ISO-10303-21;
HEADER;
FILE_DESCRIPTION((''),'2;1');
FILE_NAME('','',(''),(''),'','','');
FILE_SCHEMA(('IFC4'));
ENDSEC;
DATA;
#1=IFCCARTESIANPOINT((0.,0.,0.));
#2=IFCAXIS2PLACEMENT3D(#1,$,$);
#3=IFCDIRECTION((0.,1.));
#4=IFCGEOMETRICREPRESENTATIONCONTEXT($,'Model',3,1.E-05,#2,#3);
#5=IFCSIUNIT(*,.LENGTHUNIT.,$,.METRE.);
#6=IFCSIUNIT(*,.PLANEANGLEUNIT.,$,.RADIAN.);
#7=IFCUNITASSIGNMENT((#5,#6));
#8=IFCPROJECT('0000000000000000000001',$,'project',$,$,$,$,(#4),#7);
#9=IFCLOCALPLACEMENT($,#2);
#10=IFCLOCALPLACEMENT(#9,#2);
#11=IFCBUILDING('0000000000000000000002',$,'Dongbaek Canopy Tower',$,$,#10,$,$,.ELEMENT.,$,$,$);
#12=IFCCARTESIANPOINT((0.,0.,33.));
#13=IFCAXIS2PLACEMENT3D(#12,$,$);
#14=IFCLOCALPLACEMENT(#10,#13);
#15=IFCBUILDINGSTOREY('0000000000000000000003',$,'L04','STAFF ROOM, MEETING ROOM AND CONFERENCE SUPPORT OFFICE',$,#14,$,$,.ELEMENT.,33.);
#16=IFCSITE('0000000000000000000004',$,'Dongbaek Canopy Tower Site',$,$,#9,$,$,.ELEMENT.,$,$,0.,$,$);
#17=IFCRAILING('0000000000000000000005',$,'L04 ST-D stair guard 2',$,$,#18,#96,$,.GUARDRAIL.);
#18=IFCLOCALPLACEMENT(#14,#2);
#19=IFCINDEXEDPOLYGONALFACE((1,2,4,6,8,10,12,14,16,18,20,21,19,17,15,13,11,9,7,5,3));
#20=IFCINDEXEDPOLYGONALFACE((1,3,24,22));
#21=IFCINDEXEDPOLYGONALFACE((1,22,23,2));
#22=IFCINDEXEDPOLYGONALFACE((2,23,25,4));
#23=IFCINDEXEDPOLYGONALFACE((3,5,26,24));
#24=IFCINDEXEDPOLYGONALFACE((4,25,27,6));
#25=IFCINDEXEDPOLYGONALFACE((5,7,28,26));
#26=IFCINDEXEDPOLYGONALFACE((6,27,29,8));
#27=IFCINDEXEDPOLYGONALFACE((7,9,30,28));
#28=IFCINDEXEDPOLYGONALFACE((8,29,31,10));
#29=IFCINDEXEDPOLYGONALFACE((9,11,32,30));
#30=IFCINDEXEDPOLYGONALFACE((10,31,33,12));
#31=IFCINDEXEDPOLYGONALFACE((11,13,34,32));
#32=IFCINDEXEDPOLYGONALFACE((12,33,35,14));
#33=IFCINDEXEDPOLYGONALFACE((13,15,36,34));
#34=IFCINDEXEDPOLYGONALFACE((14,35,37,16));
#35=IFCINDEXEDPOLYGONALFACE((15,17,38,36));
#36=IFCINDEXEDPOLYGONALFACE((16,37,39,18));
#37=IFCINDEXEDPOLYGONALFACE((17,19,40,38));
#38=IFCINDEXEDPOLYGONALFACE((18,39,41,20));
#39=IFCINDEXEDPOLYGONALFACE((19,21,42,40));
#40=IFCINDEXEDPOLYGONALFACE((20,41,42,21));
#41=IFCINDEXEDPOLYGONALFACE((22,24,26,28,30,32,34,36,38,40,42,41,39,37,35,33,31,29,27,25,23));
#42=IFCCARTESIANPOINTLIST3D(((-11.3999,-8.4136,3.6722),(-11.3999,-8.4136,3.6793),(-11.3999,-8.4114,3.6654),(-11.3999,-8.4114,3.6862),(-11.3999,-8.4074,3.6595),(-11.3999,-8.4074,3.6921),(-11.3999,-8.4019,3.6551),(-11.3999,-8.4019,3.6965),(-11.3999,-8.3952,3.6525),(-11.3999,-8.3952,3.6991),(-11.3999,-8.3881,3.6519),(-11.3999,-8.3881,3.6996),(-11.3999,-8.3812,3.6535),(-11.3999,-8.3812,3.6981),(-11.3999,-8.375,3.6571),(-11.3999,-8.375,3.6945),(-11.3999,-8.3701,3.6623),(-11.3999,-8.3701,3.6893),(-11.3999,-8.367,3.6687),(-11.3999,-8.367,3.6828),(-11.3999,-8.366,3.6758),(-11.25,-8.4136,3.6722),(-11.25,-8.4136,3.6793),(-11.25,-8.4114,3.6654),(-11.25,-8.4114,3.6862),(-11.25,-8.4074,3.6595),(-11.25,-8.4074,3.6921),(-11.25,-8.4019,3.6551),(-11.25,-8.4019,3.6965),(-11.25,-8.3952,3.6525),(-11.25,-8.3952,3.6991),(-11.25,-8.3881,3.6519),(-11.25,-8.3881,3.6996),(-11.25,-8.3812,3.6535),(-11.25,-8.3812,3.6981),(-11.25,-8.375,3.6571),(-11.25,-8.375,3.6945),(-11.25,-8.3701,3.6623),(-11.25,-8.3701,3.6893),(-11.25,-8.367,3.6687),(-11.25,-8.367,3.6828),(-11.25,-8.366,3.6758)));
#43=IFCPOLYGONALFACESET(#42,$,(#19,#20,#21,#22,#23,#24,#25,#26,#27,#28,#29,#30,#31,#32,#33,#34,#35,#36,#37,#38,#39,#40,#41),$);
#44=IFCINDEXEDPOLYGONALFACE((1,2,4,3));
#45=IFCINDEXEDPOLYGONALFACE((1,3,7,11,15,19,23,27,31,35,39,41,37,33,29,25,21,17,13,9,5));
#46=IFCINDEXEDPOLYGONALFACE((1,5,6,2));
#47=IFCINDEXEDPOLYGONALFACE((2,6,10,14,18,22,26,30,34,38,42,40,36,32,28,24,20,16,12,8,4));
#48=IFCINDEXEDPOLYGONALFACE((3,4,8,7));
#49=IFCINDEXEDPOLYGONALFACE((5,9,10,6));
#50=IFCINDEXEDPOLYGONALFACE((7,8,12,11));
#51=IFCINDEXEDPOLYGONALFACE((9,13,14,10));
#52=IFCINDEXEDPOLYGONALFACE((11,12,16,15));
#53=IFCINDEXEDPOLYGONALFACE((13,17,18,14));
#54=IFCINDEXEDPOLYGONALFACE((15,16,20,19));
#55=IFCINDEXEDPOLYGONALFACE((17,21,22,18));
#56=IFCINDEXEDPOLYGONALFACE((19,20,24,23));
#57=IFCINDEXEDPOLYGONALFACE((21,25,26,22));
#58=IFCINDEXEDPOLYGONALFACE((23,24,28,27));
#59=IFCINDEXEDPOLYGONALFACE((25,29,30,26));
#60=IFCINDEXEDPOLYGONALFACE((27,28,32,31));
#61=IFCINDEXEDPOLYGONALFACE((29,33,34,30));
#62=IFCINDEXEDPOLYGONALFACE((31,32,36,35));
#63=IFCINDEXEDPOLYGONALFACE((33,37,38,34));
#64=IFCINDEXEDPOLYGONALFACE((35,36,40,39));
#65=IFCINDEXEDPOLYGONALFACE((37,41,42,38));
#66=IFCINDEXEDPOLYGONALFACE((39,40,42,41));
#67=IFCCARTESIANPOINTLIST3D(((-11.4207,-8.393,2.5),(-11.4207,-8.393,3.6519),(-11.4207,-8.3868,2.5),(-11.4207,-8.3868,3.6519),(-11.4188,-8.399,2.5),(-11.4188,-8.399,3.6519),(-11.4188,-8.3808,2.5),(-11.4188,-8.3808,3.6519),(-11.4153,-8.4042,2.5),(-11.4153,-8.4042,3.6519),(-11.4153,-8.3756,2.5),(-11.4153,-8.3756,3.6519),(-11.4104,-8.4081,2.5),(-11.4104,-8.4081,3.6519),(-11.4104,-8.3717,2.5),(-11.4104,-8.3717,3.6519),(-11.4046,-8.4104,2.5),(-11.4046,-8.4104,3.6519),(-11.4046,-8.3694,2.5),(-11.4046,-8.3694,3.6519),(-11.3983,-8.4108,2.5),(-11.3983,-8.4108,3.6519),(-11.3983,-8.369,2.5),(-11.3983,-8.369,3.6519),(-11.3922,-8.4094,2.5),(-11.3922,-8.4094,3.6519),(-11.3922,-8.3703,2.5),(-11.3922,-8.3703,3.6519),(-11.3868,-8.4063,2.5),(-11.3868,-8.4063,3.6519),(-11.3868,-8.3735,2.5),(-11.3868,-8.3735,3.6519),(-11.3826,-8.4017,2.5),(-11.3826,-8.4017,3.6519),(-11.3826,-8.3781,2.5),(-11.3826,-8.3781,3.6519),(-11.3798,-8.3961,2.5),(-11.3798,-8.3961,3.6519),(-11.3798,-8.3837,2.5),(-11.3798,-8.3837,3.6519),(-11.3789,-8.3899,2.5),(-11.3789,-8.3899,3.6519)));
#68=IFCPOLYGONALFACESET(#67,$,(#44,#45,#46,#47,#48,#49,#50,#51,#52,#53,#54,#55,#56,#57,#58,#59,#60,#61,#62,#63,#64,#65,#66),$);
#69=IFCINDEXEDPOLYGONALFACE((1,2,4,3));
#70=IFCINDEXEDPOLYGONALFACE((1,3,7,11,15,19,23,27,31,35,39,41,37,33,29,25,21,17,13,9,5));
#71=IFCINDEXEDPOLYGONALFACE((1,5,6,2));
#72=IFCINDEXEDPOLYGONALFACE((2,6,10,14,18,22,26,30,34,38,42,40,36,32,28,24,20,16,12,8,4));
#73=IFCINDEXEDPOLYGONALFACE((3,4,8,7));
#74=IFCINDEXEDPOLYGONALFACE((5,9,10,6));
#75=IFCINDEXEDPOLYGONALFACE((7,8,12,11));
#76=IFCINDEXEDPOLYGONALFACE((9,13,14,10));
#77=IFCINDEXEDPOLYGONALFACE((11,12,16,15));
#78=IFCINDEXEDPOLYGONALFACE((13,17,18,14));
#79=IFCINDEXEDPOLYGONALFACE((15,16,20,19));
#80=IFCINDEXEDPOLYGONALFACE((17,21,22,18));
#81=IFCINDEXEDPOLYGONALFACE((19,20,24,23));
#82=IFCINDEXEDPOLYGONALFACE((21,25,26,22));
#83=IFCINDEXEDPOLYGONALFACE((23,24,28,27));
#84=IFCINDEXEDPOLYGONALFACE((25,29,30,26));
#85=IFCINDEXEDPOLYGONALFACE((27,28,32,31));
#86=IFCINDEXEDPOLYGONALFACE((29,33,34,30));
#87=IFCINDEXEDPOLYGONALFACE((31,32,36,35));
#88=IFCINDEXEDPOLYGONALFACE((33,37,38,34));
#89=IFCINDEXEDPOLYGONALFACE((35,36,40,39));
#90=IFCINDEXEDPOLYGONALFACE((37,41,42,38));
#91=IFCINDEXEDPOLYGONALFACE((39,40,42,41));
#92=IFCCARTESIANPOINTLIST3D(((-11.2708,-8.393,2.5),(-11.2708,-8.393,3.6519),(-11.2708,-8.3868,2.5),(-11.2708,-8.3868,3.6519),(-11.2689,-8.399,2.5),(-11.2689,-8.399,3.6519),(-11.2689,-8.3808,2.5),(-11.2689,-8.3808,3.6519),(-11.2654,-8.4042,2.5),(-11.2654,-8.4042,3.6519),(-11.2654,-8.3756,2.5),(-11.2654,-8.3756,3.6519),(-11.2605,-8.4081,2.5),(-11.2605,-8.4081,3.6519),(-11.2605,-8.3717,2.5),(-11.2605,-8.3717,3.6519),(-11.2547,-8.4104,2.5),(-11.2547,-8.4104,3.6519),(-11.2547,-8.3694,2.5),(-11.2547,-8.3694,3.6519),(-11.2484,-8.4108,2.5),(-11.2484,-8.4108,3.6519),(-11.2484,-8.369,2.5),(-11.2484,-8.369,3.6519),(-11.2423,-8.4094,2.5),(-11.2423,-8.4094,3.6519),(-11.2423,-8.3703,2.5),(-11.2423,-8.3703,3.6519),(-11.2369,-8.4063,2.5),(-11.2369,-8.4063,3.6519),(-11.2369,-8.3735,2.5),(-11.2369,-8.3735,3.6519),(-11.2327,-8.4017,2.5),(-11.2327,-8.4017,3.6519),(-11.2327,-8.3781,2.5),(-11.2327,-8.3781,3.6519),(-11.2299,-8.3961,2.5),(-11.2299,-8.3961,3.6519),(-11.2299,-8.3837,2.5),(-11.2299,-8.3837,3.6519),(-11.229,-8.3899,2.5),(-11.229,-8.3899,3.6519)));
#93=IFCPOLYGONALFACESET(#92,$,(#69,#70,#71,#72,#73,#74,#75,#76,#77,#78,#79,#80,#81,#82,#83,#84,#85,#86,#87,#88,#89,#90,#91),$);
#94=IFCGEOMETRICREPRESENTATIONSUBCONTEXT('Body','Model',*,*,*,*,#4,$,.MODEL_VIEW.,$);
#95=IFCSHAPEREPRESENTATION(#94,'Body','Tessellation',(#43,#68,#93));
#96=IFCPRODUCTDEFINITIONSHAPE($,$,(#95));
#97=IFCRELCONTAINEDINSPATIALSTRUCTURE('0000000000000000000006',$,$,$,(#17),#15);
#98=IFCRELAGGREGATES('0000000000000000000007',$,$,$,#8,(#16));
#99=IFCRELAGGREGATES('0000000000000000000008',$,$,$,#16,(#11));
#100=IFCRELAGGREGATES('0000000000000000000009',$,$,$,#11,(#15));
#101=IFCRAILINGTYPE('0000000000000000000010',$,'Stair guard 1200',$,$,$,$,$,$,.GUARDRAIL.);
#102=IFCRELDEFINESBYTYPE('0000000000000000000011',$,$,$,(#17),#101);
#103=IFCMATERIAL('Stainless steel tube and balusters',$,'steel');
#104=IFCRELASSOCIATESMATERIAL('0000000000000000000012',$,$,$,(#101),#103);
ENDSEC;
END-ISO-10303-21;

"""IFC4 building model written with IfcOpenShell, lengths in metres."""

from ifc_helpers import new_model, si_unit, direction, frame, origin, origin_2d, place, context, subcontext, project, spatial, circle, extrude, material, type_object, element, save


model = new_model("IFC4")

# Units and contexts
model_context = context("Model", 3, precision=1e-05, world=origin(), true_north=direction((0.0, 1.0)))
body_context = subcontext(model_context, "Body", "Model", "MODEL_VIEW")
ifc_project = project(units=[si_unit("LENGTHUNIT", "METRE"), si_unit("PLANEANGLEUNIT", "RADIAN")], contexts=[model_context])

# Site, building, storey
site_placement = place(None, origin())
site = spatial("IfcSite", under=ifc_project, at=site_placement, Name="Dongbaek Canopy Tower Site", CompositionType="ELEMENT", RefElevation=0.0)
building_placement = place(site_placement, origin())
building = spatial("IfcBuilding", under=site, at=building_placement, Name="Dongbaek Canopy Tower", CompositionType="ELEMENT")
storey_placement = place(building_placement, frame((0.0, 0.0, 33.0)))
storey = spatial("IfcBuildingStorey", under=building, at=storey_placement, Name="L04", Description="STAFF ROOM, MEETING ROOM AND CONFERENCE SUPPORT OFFICE", CompositionType="ELEMENT", Elevation=33.0)

# Railing
ifc_material_1 = material(Name="Stainless steel tube and balusters", Category="steel")
railing_type_1 = type_object("IfcRailingType", Name="Stair guard 1200", PredefinedType="GUARDRAIL", material=ifc_material_1)
railing_1_placement = place(storey_placement, frame((-11.3999, -8.3899, 2.5)))
element("IfcRailing", 1, at=railing_1_placement, inside=storey, type_object=railing_type_1, Name="L04 ST-D stair guard 2", PredefinedType="GUARDRAIL", context=body_context, shape_type="SweptSolid", body=[
    extrude(circle(Radius=0.0239, at=origin_2d()), frame((0.0, 0.0, 1.1758), z_axis=(1.0, 0.0, 0.0), x_axis=(0.0, 1.0, 0.0)), (0.0, 0.0, 1.0), 0.1499),
    extrude(circle(Radius=0.021, at=origin_2d()), origin(), (0.0, 0.0, 1.0), 1.1519),
    extrude(circle(Radius=0.021, at=origin_2d()), frame((0.1499, 0.0, 0.0)), (0.0, 0.0, 1.0), 1.1519),
])

save(model, "model.ifc")
